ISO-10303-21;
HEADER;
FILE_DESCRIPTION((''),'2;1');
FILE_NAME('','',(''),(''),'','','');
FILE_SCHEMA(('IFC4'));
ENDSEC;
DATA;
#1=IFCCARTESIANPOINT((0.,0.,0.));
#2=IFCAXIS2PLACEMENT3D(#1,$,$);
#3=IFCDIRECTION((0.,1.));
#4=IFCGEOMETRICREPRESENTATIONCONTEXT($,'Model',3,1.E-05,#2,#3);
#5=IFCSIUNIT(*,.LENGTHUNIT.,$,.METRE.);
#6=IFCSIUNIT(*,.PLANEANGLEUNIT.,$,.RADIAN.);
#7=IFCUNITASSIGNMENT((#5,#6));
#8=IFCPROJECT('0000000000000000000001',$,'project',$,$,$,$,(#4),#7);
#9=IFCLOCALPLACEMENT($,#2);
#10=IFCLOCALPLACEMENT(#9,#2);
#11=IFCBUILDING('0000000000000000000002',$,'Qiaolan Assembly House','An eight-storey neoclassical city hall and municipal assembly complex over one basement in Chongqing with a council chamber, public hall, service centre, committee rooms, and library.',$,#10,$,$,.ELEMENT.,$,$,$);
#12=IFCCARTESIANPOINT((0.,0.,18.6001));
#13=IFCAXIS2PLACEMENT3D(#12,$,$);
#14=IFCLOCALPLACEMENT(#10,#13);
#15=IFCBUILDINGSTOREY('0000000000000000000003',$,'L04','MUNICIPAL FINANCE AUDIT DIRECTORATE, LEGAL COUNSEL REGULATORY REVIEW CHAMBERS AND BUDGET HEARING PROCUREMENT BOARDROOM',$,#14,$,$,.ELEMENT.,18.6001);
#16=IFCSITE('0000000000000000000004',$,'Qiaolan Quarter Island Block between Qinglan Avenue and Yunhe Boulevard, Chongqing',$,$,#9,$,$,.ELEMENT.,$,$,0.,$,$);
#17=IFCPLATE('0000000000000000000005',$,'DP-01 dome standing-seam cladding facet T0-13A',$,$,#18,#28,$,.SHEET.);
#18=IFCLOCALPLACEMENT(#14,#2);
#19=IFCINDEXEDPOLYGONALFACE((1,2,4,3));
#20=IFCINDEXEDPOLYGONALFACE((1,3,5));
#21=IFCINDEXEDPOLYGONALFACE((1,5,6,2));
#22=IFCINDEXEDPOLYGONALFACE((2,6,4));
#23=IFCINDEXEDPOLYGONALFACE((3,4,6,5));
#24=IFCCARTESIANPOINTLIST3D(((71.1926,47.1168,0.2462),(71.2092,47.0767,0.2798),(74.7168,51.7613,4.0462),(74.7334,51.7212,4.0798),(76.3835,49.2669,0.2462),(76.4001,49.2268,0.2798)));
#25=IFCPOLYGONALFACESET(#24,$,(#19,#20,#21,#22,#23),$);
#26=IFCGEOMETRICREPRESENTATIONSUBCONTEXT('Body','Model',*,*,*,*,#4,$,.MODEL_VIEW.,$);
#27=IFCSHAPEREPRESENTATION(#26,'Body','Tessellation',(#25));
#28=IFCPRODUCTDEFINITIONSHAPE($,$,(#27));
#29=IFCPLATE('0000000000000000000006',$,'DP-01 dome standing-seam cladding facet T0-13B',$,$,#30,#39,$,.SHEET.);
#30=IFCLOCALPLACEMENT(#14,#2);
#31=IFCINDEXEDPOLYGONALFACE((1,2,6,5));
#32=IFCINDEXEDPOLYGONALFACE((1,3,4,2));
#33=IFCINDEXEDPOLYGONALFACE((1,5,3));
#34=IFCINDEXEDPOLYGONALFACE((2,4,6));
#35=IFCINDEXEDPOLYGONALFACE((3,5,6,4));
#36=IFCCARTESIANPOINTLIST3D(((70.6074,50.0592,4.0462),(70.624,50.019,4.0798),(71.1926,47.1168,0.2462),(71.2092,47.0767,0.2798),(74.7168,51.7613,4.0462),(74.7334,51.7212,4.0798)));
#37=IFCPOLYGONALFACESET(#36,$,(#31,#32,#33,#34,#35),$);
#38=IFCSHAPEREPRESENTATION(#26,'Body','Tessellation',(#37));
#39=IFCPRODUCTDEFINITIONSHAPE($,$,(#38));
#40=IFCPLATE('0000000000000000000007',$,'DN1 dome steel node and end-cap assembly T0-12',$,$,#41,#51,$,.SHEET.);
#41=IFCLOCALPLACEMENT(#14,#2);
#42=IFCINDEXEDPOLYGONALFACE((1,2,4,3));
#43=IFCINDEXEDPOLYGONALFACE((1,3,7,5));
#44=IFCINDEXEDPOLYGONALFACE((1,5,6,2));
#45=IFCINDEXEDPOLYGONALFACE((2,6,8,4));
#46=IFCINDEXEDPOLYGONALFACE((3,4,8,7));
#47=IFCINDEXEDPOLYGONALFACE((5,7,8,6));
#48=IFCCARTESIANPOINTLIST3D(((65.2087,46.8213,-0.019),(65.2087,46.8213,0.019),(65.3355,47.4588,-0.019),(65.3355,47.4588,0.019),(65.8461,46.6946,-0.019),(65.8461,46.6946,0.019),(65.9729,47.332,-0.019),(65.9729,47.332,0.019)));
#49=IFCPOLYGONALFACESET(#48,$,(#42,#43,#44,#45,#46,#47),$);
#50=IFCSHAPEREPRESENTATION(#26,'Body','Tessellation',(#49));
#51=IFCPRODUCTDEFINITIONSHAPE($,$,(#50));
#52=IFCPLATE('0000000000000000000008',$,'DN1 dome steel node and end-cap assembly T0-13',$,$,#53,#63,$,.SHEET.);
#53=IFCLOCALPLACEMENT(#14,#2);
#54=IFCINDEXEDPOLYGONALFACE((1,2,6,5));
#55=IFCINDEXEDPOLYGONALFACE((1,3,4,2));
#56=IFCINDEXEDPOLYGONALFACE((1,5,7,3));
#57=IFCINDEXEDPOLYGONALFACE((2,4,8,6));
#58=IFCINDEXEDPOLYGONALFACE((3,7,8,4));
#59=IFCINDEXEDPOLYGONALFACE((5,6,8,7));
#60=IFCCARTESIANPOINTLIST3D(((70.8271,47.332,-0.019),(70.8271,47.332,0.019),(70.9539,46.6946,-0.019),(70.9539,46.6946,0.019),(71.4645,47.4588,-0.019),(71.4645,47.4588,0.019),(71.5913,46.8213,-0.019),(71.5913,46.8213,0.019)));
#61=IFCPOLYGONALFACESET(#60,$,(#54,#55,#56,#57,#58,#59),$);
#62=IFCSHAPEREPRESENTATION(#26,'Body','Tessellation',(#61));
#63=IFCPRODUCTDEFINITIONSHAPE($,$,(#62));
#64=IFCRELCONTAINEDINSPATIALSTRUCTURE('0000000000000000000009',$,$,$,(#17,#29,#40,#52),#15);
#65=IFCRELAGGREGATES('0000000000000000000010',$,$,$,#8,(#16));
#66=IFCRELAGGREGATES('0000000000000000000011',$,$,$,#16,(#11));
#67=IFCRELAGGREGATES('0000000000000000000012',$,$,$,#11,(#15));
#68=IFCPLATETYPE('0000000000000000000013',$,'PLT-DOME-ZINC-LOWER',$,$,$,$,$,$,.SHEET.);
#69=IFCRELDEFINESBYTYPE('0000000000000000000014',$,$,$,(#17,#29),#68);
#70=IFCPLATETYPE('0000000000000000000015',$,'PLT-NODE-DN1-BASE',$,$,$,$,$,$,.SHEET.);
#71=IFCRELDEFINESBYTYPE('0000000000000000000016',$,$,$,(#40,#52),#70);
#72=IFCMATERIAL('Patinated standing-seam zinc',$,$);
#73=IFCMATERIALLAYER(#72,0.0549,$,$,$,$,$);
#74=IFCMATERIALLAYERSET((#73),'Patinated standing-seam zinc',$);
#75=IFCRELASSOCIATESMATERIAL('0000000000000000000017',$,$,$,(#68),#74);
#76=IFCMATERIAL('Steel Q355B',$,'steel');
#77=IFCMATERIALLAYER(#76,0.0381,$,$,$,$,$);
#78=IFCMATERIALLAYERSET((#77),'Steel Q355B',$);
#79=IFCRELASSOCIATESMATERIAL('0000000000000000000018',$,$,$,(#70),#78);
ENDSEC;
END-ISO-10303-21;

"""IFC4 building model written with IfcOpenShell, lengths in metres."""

from ifc_helpers import new_model, si_unit, direction, frame, origin, origin_2d, place, context, subcontext, project, spatial, polyline, rectangle, outline, extrude, material, layer, layer_set, type_object, element, save


model = new_model("IFC4")

# Units and contexts
model_context = context("Model", 3, precision=1e-05, world=origin(), true_north=direction((0.0, 1.0)))
body_context = subcontext(model_context, "Body", "Model", "MODEL_VIEW")
ifc_project = project(units=[si_unit("LENGTHUNIT", "METRE"), si_unit("PLANEANGLEUNIT", "RADIAN")], contexts=[model_context])

# Site, building, storey
site_placement = place(None, origin())
site = spatial("IfcSite", under=ifc_project, at=site_placement, Name="Qiaolan Quarter Island Block between Qinglan Avenue and Yunhe Boulevard, Chongqing", CompositionType="ELEMENT", RefElevation=0.0)
building_placement = place(site_placement, origin())
building = spatial("IfcBuilding", under=site, at=building_placement, Name="Qiaolan Assembly House", Description="An eight-storey neoclassical city hall and municipal assembly complex over one basement in Chongqing with a council chamber, public hall, service centre, committee rooms, and library.", CompositionType="ELEMENT")
storey_placement = place(building_placement, frame((0.0, 0.0, 18.6001)))
storey = spatial("IfcBuildingStorey", under=building, at=storey_placement, Name="L04", Description="MUNICIPAL FINANCE AUDIT DIRECTORATE, LEGAL COUNSEL REGULATORY REVIEW CHAMBERS AND BUDGET HEARING PROCUREMENT BOARDROOM", CompositionType="ELEMENT", Elevation=18.6001)

# Shared definitions
ifc_material_1 = material(Name="Steel Q355B", Category="steel")

# Plates
ifc_material_2 = material(Name="Patinated standing-seam zinc")
ifc_layer_1 = layer(ifc_material_2, 0.0549)
ifc_layer_set_1 = layer_set([ifc_layer_1], Name="Patinated standing-seam zinc")
plate_type_1 = type_object("IfcPlateType", Name="PLT-DOME-ZINC-LOWER", PredefinedType="SHEET", material=ifc_layer_set_1)
plate_1_placement = place(storey_placement, frame((71.2092, 47.0767, 0.2798), z_axis=(0.302582, -0.730499, 0.612222), x_axis=(0.92388, 0.382683, 0.0)))
element("IfcPlate", 1, at=plate_1_placement, inside=storey, type_object=plate_type_1, Name="DP-01 dome standing-seam cladding facet T0-13A", PredefinedType="SHEET", context=body_context, shape_type="SweptSolid", body=[
    extrude(outline(polyline([(0.0, 0.0), (5.6186, 0.0), (5.0333, 4.806), (0.0, 0.0)])), origin(), (0.0, 0.0, -1.0), 0.0549),
])
plate_2_placement = place(storey_placement, frame((71.2092, 47.0767, 0.2798), z_axis=(0.30258, -0.730498, 0.612223), x_axis=(0.506397, 0.667385, 0.546039)))
element("IfcPlate", 2, at=plate_2_placement, inside=storey, type_object=plate_type_1, Name="DP-01 dome standing-seam cladding facet T0-13B", PredefinedType="SHEET", context=body_context, shape_type="SweptSolid", body=[
    extrude(outline(polyline([(0.0, 0.0), (6.9593, 0.0), (3.7423, 3.0717), (0.0, 0.0)])), origin(), (0.0, 0.0, -1.0), 0.0549),
])
ifc_layer_2 = layer(ifc_material_1, 0.0381)
ifc_layer_set_2 = layer_set([ifc_layer_2], Name="Steel Q355B")
plate_type_2 = type_object("IfcPlateType", Name="PLT-NODE-DN1-BASE", PredefinedType="SHEET", material=ifc_layer_set_2)
for number, where, z_axis, x_axis, name in (
    (3, (65.5908, 47.0767, -0.019), (0.0, 0.0, 1.0), (-0.19509, -0.980785, 0.0), "DN1 dome steel node and end-cap assembly T0-12"),
    (4, (71.2092, 47.0767, -0.019), (0.0, 0.0, 1.0), (0.19509, -0.980785, 0.0), "DN1 dome steel node and end-cap assembly T0-13"),
):
    element("IfcPlate", number, at=place(storey_placement, frame(where, z_axis=z_axis, x_axis=x_axis)), inside=storey, type_object=plate_type_2, Name=name, PredefinedType="SHEET", context=body_context, shape_type="SweptSolid", body=[
        extrude(rectangle(XDim=0.6499, YDim=0.6499, at=origin_2d()), origin(), (0.0, 0.0, 1.0), 0.0381),
    ])

save(model, "model.ifc")
